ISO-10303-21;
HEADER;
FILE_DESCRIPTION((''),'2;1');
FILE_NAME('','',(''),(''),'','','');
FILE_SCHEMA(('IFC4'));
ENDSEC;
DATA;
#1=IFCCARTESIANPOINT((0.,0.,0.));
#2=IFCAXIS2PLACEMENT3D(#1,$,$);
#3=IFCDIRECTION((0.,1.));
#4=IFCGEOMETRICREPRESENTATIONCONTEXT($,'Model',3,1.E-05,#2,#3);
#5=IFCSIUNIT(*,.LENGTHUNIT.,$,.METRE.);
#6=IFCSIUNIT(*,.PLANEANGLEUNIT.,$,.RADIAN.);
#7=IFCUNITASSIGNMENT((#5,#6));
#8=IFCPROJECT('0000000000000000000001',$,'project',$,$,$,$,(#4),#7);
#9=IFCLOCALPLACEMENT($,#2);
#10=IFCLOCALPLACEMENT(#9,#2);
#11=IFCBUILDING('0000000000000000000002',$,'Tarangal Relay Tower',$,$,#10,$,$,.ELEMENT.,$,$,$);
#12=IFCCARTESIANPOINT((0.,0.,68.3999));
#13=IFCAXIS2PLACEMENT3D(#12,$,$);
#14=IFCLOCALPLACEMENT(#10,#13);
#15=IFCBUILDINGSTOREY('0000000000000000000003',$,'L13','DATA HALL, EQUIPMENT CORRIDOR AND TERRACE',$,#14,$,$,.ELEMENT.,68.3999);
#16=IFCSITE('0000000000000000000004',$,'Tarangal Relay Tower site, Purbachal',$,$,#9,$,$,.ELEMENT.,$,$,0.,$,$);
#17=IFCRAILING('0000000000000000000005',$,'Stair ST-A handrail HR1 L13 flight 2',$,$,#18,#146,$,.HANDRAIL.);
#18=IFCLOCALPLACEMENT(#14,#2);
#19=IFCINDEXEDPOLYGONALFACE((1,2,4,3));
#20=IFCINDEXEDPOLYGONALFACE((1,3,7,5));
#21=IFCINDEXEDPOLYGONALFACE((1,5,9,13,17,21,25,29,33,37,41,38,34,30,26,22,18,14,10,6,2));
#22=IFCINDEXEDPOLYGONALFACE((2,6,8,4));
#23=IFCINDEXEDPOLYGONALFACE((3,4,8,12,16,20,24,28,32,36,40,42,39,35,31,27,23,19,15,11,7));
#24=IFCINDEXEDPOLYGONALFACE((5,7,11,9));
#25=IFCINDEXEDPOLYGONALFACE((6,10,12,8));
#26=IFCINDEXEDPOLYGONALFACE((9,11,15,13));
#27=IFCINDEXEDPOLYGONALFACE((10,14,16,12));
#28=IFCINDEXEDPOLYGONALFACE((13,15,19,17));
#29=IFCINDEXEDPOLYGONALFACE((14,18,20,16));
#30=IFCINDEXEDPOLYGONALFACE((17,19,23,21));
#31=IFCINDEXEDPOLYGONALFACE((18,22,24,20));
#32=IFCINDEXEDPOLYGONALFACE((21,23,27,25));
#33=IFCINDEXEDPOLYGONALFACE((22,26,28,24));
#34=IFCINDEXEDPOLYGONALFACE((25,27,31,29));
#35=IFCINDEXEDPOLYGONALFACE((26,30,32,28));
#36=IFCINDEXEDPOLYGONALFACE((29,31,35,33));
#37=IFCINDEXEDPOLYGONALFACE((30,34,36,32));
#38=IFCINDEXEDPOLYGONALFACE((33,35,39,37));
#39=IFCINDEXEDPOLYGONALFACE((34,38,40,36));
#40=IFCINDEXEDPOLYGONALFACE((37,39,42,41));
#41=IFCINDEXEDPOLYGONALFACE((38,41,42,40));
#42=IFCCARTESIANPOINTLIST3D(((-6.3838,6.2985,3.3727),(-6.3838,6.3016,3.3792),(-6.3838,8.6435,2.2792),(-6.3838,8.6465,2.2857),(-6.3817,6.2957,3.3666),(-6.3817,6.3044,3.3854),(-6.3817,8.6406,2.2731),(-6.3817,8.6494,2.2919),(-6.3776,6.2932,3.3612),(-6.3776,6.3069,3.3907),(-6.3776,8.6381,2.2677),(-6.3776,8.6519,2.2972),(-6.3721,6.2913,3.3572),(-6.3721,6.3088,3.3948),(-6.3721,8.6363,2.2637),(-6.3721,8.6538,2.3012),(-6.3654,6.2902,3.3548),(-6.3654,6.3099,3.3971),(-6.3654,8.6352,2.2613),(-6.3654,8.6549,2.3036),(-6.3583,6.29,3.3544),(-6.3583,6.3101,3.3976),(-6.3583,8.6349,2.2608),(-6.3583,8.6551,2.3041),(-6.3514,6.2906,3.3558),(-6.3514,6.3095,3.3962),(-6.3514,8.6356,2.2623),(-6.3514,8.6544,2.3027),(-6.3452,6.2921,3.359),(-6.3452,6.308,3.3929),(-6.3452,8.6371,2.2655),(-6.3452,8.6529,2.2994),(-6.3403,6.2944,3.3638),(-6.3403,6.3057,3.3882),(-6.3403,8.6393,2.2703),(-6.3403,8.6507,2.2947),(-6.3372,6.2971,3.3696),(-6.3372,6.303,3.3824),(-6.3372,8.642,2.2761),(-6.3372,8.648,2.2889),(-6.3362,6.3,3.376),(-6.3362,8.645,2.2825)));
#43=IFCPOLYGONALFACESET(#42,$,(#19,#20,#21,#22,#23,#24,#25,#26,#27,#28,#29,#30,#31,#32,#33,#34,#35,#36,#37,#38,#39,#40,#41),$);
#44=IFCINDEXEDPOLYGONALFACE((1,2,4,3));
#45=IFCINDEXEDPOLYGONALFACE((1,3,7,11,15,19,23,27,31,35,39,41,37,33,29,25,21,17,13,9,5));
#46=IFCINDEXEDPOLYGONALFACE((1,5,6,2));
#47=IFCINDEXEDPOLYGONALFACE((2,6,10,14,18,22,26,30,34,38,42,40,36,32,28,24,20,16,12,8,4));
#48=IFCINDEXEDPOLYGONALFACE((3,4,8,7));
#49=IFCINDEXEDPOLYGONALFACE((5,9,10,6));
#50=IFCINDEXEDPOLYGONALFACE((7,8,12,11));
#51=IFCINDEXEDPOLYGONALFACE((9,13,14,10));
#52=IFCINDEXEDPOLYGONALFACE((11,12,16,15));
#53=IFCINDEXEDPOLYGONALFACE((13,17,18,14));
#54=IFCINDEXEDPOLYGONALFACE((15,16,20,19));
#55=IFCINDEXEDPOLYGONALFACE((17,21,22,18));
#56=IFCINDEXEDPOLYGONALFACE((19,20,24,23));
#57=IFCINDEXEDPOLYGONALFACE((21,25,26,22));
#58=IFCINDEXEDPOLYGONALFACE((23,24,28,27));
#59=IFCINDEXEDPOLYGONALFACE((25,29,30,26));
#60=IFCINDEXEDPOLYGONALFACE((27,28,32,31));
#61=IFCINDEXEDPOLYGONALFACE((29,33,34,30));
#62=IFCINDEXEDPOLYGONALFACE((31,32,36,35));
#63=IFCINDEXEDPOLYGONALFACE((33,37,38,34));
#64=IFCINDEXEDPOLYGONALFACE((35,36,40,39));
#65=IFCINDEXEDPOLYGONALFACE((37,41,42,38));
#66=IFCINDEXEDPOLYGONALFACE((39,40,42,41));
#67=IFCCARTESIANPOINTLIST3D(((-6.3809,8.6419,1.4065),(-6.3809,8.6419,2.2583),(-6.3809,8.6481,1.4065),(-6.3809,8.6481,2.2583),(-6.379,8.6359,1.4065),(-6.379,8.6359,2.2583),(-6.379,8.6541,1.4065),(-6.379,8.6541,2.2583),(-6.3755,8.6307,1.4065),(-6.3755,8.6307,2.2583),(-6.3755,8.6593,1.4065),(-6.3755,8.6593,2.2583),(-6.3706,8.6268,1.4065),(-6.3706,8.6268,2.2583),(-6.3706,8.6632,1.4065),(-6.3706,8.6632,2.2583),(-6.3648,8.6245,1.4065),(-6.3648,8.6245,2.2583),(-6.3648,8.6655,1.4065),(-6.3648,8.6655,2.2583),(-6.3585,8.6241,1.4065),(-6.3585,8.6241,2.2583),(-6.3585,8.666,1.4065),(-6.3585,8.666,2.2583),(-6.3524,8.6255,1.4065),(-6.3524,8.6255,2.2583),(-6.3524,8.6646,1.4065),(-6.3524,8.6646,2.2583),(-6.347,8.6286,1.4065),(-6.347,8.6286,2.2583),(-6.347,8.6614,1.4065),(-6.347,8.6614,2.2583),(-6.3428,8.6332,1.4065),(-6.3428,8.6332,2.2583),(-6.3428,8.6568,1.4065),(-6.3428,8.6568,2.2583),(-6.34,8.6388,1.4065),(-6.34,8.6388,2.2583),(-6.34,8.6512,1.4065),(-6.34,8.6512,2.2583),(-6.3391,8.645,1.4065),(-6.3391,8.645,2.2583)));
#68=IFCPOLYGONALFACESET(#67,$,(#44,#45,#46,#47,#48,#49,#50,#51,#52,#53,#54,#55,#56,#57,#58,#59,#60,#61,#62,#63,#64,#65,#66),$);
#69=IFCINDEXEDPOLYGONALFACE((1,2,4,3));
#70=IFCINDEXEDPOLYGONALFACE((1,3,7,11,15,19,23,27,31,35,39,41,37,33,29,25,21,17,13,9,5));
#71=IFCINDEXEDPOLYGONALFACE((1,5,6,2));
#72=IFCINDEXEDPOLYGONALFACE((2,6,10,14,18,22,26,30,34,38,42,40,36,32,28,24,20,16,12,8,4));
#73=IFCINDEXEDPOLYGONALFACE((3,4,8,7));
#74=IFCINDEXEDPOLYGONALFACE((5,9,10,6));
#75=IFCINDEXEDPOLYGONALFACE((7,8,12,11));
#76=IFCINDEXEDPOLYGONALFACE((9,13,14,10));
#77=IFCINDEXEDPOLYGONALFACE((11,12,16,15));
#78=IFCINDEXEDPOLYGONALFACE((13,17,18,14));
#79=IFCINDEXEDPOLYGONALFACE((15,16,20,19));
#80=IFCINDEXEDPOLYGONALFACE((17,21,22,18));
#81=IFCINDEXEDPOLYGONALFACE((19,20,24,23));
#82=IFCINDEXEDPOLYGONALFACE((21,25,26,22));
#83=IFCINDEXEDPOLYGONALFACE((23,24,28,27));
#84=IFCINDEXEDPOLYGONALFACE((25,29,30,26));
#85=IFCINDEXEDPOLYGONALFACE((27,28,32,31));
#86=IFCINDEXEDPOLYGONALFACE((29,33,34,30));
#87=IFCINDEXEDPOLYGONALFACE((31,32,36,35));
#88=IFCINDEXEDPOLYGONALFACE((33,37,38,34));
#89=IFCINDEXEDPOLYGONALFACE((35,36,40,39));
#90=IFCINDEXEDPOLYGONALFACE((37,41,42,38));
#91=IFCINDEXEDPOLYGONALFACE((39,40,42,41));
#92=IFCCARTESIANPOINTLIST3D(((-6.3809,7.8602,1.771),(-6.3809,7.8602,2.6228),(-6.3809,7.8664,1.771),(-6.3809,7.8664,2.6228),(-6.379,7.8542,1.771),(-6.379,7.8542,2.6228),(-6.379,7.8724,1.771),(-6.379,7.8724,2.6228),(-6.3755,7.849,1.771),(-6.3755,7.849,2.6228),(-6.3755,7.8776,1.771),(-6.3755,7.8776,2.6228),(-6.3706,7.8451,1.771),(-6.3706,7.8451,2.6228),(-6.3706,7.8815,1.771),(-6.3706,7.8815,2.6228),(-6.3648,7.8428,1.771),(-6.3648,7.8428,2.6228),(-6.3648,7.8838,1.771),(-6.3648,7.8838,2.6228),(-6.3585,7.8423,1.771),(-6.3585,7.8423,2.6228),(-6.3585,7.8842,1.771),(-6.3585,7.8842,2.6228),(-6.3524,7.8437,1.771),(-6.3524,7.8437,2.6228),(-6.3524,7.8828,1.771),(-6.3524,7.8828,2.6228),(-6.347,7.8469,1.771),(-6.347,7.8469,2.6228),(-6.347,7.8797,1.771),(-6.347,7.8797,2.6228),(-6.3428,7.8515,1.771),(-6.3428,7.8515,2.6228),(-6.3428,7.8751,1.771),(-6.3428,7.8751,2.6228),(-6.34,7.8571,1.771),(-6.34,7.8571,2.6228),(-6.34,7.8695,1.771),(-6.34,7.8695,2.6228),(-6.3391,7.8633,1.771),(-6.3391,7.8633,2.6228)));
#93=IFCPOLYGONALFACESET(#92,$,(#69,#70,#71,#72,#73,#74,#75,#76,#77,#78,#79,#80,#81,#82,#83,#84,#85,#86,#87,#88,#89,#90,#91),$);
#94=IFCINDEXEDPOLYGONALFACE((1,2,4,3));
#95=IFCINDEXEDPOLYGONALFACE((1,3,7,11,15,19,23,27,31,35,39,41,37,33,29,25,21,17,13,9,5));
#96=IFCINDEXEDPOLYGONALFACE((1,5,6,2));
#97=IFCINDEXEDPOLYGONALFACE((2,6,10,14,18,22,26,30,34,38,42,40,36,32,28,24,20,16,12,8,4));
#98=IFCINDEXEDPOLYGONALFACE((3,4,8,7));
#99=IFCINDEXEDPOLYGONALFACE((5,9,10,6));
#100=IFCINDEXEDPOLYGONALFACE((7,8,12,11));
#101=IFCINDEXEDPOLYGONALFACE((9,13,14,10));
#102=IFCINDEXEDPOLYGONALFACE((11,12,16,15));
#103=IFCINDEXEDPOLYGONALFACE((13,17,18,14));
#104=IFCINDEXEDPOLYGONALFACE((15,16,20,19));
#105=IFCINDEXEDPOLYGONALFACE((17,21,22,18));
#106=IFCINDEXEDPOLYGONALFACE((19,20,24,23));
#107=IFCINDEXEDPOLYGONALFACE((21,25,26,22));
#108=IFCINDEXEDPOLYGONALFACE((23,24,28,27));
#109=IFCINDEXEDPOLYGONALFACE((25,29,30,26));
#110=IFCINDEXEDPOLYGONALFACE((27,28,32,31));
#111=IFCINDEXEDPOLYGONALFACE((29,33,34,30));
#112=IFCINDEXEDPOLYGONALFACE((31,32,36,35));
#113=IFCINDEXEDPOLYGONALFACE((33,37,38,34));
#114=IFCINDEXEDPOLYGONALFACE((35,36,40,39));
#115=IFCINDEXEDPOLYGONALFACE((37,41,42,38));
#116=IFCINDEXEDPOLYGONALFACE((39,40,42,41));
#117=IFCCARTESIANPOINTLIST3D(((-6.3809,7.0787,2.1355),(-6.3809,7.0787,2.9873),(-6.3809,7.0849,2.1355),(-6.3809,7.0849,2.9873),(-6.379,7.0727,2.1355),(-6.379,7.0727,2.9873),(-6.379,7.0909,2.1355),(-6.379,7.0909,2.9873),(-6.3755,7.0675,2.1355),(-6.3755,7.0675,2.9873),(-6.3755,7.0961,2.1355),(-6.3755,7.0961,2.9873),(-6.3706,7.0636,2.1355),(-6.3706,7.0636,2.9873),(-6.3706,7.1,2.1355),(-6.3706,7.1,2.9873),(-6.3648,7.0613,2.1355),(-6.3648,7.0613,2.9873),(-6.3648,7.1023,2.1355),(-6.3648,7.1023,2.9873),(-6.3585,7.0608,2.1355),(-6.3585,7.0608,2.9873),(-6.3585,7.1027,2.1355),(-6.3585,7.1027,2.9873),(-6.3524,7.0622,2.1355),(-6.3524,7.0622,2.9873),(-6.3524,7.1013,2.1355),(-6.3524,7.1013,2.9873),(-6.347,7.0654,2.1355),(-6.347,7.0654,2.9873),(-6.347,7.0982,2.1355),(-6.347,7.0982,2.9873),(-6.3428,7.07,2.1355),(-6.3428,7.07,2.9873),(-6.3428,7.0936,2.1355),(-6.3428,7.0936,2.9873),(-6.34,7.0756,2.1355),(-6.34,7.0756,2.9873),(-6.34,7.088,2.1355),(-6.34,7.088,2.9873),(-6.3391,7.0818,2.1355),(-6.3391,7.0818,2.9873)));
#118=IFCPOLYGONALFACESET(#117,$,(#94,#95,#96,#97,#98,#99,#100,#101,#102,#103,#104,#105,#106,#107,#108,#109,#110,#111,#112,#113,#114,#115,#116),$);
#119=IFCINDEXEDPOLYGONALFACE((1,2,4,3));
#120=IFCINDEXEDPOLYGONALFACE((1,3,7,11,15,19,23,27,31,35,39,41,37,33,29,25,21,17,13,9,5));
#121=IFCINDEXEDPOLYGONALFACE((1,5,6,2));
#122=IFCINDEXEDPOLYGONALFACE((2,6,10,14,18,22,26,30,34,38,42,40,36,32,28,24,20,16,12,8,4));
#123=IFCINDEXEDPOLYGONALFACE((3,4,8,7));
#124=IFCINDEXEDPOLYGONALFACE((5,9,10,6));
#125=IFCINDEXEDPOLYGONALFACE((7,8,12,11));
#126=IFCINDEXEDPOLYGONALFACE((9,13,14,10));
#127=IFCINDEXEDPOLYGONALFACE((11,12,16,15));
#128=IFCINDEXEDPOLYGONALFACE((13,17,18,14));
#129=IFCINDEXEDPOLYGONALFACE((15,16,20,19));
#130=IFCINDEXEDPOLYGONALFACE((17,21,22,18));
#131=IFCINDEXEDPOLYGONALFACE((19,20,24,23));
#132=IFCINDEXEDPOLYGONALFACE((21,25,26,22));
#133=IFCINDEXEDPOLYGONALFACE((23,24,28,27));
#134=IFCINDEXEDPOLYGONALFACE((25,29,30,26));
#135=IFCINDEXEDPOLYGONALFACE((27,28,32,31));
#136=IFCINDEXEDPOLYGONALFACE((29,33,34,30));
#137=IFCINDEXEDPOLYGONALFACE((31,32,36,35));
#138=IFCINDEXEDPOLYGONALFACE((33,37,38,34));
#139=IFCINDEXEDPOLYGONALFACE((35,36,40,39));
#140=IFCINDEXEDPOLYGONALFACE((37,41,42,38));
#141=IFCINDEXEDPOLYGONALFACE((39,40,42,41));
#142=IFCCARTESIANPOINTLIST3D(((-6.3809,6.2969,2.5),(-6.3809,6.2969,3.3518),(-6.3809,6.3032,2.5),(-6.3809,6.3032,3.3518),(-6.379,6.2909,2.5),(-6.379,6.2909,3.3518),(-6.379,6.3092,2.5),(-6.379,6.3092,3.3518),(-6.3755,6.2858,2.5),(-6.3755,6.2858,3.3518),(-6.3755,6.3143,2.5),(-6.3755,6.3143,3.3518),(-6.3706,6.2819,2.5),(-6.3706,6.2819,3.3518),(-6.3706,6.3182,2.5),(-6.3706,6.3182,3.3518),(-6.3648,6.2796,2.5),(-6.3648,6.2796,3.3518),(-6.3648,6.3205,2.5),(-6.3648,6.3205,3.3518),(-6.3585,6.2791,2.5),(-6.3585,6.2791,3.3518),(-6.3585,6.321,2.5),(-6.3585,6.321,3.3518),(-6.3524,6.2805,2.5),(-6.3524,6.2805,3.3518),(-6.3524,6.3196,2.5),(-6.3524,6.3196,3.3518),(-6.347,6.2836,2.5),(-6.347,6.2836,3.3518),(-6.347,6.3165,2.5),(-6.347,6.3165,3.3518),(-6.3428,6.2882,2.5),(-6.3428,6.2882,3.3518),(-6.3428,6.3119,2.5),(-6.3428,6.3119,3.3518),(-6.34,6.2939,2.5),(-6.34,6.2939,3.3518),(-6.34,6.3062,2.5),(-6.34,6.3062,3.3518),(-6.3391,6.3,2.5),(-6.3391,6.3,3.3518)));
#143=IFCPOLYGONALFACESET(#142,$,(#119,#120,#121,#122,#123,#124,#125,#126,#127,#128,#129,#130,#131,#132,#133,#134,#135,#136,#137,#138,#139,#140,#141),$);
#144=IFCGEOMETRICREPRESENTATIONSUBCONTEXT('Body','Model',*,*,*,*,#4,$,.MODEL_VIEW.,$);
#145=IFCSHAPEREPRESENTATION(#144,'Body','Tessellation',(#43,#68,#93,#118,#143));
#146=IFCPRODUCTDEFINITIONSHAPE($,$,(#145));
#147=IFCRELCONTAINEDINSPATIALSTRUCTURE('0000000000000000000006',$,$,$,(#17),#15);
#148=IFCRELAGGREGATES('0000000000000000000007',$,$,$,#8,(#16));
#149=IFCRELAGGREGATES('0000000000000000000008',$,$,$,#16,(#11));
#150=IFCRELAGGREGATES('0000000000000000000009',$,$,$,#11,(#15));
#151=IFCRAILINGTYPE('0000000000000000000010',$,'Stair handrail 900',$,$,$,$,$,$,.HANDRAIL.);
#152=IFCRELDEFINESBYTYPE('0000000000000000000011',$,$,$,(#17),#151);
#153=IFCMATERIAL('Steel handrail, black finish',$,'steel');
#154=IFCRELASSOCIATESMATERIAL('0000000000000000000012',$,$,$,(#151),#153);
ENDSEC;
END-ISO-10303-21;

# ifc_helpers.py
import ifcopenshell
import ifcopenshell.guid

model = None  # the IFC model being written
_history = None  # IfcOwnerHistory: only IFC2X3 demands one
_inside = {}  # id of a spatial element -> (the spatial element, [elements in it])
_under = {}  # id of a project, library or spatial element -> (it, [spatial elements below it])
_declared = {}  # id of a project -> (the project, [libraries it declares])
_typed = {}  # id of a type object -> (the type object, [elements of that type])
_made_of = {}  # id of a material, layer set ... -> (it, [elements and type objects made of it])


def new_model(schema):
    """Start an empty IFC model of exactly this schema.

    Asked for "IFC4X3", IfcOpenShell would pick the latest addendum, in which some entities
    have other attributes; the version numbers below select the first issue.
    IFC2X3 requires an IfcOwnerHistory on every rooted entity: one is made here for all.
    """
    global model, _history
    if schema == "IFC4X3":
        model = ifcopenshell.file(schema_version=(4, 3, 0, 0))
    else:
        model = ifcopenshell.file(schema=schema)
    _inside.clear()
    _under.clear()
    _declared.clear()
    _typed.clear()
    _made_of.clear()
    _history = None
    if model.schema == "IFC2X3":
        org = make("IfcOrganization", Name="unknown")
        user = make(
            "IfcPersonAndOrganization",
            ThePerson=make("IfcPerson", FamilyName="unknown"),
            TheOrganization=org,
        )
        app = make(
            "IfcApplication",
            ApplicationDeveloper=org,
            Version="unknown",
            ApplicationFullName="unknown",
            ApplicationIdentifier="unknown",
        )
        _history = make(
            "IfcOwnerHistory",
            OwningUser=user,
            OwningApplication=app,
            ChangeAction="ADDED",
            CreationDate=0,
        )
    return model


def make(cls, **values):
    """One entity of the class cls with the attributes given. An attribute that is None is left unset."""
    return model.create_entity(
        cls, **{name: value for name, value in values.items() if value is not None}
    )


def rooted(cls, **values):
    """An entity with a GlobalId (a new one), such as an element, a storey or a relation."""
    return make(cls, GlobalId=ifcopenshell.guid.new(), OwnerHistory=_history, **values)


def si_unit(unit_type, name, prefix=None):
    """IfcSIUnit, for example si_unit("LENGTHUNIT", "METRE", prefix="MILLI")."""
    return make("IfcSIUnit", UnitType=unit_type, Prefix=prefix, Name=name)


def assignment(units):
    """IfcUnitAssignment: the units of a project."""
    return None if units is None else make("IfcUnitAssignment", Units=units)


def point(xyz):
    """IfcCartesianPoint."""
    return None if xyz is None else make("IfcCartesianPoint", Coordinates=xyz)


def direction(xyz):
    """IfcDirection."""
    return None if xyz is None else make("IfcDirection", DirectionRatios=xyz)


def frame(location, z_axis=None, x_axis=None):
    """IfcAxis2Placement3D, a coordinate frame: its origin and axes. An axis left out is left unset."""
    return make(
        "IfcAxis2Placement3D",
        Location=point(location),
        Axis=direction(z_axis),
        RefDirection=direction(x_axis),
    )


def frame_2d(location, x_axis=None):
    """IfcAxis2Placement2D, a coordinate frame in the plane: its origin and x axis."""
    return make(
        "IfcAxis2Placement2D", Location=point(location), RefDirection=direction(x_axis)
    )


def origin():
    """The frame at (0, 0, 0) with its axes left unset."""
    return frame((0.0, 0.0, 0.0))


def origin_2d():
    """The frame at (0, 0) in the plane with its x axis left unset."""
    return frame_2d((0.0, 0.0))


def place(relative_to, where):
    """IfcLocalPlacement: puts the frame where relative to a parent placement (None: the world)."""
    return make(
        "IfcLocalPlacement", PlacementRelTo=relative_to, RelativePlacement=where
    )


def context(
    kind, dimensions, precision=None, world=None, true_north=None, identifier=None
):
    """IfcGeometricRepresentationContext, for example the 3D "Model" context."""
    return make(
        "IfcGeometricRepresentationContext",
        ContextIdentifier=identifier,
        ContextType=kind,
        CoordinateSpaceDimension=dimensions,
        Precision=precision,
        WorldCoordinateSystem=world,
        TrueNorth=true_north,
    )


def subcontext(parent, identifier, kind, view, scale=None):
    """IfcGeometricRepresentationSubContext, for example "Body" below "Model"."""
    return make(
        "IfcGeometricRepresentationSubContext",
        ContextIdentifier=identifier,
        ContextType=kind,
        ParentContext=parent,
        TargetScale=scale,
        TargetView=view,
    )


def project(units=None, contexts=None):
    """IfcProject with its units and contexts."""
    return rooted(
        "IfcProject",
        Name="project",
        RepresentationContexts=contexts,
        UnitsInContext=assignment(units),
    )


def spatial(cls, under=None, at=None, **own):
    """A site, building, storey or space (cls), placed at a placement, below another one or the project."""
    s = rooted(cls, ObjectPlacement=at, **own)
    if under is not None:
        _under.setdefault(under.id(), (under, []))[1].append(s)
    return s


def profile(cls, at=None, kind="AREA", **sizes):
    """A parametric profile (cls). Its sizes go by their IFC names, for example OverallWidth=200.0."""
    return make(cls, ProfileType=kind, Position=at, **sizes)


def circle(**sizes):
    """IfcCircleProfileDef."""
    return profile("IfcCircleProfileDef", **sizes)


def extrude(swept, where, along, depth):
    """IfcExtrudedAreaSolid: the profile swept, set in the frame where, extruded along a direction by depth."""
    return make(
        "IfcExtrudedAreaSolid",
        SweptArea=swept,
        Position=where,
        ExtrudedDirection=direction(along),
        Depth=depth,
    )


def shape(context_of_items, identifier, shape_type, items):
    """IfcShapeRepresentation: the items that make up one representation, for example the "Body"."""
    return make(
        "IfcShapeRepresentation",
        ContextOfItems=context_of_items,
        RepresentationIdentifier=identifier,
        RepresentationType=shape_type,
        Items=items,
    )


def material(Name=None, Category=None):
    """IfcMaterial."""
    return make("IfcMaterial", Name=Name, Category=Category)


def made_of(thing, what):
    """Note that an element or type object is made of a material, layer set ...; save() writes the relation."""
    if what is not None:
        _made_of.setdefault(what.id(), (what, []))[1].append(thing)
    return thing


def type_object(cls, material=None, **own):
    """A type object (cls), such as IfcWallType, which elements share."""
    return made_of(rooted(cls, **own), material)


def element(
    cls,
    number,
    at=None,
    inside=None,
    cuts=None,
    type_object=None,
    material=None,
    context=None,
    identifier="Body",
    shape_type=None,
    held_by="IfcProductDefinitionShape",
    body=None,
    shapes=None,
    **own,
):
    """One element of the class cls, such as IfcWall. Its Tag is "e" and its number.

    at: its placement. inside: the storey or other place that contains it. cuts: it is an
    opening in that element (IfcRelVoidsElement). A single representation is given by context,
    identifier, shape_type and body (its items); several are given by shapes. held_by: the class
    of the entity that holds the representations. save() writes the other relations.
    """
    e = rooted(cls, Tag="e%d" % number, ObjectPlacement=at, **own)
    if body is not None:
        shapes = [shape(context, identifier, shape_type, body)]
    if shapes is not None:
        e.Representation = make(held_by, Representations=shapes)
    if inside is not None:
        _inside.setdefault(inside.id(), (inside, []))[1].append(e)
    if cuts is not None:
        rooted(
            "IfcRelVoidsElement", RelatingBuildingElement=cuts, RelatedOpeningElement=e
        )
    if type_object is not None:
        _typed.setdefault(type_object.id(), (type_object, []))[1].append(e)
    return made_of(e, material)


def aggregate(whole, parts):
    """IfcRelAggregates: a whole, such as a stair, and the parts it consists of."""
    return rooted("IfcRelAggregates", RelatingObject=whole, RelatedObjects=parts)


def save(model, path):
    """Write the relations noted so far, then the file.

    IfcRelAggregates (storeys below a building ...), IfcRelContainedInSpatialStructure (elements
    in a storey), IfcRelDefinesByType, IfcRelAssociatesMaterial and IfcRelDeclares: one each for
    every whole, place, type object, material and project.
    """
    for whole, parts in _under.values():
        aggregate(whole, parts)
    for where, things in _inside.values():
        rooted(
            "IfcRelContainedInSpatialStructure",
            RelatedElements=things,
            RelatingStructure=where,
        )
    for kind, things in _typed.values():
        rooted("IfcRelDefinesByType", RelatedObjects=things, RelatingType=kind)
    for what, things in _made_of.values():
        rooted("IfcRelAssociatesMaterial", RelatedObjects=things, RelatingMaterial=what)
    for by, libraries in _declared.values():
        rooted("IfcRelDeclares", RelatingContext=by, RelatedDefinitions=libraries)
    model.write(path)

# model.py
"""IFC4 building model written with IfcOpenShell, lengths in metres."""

from ifc_helpers import new_model, si_unit, direction, frame, origin, origin_2d, place, context, subcontext, project, spatial, circle, extrude, material, type_object, element, save


model = new_model("IFC4")

# Units and contexts
model_context = context("Model", 3, precision=1e-05, world=origin(), true_north=direction((0.0, 1.0)))
body_context = subcontext(model_context, "Body", "Model", "MODEL_VIEW")
ifc_project = project(units=[si_unit("LENGTHUNIT", "METRE"), si_unit("PLANEANGLEUNIT", "RADIAN")], contexts=[model_context])

# Site, building, storey
site_placement = place(None, origin())
site = spatial("IfcSite", under=ifc_project, at=site_placement, Name="Tarangal Relay Tower site, Purbachal", CompositionType="ELEMENT", RefElevation=0.0)
building_placement = place(site_placement, origin())
building = spatial("IfcBuilding", under=site, at=building_placement, Name="Tarangal Relay Tower", CompositionType="ELEMENT")
storey_placement = place(building_placement, frame((0.0, 0.0, 68.3999)))
storey = spatial("IfcBuildingStorey", under=building, at=storey_placement, Name="L13", Description="DATA HALL, EQUIPMENT CORRIDOR AND TERRACE", CompositionType="ELEMENT", Elevation=68.3999)

# Railing
ifc_material_1 = material(Name="Steel handrail, black finish", Category="steel")
railing_type_1 = type_object("IfcRailingType", Name="Stair handrail 900", PredefinedType="HANDRAIL", material=ifc_material_1)
for number, where, name in (
    (1, (-6.3601, 8.645, 1.4065), "Stair ST-A handrail HR1 L13 flight 2"),
):
    element("IfcRailing", number, at=place(storey_placement, frame(where)), inside=storey, type_object=railing_type_1, Name=name, PredefinedType="HANDRAIL", context=body_context, shape_type="SweptSolid", body=[
        extrude(circle(Radius=0.0239, at=origin_2d()), frame((0.0, 0.0, 0.876), z_axis=(0.0, -0.906304, 0.422627), x_axis=(1.0, 0.0, 0.0)), (0.0, 0.0, 1.0), 2.5874),
        extrude(circle(Radius=0.021, at=origin_2d()), origin(), (0.0, 0.0, 1.0), 0.8518),
        extrude(circle(Radius=0.021, at=origin_2d()), frame((0.0, -0.7817, 0.3645)), (0.0, 0.0, 1.0), 0.8518),
        extrude(circle(Radius=0.021, at=origin_2d()), frame((0.0, -1.5632, 0.729)), (0.0, 0.0, 1.0), 0.8518),
        extrude(circle(Radius=0.021, at=origin_2d()), frame((0.0, -2.345, 1.0935)), (0.0, 0.0, 1.0), 0.8518),
    ])

save(model, "model.ifc")
